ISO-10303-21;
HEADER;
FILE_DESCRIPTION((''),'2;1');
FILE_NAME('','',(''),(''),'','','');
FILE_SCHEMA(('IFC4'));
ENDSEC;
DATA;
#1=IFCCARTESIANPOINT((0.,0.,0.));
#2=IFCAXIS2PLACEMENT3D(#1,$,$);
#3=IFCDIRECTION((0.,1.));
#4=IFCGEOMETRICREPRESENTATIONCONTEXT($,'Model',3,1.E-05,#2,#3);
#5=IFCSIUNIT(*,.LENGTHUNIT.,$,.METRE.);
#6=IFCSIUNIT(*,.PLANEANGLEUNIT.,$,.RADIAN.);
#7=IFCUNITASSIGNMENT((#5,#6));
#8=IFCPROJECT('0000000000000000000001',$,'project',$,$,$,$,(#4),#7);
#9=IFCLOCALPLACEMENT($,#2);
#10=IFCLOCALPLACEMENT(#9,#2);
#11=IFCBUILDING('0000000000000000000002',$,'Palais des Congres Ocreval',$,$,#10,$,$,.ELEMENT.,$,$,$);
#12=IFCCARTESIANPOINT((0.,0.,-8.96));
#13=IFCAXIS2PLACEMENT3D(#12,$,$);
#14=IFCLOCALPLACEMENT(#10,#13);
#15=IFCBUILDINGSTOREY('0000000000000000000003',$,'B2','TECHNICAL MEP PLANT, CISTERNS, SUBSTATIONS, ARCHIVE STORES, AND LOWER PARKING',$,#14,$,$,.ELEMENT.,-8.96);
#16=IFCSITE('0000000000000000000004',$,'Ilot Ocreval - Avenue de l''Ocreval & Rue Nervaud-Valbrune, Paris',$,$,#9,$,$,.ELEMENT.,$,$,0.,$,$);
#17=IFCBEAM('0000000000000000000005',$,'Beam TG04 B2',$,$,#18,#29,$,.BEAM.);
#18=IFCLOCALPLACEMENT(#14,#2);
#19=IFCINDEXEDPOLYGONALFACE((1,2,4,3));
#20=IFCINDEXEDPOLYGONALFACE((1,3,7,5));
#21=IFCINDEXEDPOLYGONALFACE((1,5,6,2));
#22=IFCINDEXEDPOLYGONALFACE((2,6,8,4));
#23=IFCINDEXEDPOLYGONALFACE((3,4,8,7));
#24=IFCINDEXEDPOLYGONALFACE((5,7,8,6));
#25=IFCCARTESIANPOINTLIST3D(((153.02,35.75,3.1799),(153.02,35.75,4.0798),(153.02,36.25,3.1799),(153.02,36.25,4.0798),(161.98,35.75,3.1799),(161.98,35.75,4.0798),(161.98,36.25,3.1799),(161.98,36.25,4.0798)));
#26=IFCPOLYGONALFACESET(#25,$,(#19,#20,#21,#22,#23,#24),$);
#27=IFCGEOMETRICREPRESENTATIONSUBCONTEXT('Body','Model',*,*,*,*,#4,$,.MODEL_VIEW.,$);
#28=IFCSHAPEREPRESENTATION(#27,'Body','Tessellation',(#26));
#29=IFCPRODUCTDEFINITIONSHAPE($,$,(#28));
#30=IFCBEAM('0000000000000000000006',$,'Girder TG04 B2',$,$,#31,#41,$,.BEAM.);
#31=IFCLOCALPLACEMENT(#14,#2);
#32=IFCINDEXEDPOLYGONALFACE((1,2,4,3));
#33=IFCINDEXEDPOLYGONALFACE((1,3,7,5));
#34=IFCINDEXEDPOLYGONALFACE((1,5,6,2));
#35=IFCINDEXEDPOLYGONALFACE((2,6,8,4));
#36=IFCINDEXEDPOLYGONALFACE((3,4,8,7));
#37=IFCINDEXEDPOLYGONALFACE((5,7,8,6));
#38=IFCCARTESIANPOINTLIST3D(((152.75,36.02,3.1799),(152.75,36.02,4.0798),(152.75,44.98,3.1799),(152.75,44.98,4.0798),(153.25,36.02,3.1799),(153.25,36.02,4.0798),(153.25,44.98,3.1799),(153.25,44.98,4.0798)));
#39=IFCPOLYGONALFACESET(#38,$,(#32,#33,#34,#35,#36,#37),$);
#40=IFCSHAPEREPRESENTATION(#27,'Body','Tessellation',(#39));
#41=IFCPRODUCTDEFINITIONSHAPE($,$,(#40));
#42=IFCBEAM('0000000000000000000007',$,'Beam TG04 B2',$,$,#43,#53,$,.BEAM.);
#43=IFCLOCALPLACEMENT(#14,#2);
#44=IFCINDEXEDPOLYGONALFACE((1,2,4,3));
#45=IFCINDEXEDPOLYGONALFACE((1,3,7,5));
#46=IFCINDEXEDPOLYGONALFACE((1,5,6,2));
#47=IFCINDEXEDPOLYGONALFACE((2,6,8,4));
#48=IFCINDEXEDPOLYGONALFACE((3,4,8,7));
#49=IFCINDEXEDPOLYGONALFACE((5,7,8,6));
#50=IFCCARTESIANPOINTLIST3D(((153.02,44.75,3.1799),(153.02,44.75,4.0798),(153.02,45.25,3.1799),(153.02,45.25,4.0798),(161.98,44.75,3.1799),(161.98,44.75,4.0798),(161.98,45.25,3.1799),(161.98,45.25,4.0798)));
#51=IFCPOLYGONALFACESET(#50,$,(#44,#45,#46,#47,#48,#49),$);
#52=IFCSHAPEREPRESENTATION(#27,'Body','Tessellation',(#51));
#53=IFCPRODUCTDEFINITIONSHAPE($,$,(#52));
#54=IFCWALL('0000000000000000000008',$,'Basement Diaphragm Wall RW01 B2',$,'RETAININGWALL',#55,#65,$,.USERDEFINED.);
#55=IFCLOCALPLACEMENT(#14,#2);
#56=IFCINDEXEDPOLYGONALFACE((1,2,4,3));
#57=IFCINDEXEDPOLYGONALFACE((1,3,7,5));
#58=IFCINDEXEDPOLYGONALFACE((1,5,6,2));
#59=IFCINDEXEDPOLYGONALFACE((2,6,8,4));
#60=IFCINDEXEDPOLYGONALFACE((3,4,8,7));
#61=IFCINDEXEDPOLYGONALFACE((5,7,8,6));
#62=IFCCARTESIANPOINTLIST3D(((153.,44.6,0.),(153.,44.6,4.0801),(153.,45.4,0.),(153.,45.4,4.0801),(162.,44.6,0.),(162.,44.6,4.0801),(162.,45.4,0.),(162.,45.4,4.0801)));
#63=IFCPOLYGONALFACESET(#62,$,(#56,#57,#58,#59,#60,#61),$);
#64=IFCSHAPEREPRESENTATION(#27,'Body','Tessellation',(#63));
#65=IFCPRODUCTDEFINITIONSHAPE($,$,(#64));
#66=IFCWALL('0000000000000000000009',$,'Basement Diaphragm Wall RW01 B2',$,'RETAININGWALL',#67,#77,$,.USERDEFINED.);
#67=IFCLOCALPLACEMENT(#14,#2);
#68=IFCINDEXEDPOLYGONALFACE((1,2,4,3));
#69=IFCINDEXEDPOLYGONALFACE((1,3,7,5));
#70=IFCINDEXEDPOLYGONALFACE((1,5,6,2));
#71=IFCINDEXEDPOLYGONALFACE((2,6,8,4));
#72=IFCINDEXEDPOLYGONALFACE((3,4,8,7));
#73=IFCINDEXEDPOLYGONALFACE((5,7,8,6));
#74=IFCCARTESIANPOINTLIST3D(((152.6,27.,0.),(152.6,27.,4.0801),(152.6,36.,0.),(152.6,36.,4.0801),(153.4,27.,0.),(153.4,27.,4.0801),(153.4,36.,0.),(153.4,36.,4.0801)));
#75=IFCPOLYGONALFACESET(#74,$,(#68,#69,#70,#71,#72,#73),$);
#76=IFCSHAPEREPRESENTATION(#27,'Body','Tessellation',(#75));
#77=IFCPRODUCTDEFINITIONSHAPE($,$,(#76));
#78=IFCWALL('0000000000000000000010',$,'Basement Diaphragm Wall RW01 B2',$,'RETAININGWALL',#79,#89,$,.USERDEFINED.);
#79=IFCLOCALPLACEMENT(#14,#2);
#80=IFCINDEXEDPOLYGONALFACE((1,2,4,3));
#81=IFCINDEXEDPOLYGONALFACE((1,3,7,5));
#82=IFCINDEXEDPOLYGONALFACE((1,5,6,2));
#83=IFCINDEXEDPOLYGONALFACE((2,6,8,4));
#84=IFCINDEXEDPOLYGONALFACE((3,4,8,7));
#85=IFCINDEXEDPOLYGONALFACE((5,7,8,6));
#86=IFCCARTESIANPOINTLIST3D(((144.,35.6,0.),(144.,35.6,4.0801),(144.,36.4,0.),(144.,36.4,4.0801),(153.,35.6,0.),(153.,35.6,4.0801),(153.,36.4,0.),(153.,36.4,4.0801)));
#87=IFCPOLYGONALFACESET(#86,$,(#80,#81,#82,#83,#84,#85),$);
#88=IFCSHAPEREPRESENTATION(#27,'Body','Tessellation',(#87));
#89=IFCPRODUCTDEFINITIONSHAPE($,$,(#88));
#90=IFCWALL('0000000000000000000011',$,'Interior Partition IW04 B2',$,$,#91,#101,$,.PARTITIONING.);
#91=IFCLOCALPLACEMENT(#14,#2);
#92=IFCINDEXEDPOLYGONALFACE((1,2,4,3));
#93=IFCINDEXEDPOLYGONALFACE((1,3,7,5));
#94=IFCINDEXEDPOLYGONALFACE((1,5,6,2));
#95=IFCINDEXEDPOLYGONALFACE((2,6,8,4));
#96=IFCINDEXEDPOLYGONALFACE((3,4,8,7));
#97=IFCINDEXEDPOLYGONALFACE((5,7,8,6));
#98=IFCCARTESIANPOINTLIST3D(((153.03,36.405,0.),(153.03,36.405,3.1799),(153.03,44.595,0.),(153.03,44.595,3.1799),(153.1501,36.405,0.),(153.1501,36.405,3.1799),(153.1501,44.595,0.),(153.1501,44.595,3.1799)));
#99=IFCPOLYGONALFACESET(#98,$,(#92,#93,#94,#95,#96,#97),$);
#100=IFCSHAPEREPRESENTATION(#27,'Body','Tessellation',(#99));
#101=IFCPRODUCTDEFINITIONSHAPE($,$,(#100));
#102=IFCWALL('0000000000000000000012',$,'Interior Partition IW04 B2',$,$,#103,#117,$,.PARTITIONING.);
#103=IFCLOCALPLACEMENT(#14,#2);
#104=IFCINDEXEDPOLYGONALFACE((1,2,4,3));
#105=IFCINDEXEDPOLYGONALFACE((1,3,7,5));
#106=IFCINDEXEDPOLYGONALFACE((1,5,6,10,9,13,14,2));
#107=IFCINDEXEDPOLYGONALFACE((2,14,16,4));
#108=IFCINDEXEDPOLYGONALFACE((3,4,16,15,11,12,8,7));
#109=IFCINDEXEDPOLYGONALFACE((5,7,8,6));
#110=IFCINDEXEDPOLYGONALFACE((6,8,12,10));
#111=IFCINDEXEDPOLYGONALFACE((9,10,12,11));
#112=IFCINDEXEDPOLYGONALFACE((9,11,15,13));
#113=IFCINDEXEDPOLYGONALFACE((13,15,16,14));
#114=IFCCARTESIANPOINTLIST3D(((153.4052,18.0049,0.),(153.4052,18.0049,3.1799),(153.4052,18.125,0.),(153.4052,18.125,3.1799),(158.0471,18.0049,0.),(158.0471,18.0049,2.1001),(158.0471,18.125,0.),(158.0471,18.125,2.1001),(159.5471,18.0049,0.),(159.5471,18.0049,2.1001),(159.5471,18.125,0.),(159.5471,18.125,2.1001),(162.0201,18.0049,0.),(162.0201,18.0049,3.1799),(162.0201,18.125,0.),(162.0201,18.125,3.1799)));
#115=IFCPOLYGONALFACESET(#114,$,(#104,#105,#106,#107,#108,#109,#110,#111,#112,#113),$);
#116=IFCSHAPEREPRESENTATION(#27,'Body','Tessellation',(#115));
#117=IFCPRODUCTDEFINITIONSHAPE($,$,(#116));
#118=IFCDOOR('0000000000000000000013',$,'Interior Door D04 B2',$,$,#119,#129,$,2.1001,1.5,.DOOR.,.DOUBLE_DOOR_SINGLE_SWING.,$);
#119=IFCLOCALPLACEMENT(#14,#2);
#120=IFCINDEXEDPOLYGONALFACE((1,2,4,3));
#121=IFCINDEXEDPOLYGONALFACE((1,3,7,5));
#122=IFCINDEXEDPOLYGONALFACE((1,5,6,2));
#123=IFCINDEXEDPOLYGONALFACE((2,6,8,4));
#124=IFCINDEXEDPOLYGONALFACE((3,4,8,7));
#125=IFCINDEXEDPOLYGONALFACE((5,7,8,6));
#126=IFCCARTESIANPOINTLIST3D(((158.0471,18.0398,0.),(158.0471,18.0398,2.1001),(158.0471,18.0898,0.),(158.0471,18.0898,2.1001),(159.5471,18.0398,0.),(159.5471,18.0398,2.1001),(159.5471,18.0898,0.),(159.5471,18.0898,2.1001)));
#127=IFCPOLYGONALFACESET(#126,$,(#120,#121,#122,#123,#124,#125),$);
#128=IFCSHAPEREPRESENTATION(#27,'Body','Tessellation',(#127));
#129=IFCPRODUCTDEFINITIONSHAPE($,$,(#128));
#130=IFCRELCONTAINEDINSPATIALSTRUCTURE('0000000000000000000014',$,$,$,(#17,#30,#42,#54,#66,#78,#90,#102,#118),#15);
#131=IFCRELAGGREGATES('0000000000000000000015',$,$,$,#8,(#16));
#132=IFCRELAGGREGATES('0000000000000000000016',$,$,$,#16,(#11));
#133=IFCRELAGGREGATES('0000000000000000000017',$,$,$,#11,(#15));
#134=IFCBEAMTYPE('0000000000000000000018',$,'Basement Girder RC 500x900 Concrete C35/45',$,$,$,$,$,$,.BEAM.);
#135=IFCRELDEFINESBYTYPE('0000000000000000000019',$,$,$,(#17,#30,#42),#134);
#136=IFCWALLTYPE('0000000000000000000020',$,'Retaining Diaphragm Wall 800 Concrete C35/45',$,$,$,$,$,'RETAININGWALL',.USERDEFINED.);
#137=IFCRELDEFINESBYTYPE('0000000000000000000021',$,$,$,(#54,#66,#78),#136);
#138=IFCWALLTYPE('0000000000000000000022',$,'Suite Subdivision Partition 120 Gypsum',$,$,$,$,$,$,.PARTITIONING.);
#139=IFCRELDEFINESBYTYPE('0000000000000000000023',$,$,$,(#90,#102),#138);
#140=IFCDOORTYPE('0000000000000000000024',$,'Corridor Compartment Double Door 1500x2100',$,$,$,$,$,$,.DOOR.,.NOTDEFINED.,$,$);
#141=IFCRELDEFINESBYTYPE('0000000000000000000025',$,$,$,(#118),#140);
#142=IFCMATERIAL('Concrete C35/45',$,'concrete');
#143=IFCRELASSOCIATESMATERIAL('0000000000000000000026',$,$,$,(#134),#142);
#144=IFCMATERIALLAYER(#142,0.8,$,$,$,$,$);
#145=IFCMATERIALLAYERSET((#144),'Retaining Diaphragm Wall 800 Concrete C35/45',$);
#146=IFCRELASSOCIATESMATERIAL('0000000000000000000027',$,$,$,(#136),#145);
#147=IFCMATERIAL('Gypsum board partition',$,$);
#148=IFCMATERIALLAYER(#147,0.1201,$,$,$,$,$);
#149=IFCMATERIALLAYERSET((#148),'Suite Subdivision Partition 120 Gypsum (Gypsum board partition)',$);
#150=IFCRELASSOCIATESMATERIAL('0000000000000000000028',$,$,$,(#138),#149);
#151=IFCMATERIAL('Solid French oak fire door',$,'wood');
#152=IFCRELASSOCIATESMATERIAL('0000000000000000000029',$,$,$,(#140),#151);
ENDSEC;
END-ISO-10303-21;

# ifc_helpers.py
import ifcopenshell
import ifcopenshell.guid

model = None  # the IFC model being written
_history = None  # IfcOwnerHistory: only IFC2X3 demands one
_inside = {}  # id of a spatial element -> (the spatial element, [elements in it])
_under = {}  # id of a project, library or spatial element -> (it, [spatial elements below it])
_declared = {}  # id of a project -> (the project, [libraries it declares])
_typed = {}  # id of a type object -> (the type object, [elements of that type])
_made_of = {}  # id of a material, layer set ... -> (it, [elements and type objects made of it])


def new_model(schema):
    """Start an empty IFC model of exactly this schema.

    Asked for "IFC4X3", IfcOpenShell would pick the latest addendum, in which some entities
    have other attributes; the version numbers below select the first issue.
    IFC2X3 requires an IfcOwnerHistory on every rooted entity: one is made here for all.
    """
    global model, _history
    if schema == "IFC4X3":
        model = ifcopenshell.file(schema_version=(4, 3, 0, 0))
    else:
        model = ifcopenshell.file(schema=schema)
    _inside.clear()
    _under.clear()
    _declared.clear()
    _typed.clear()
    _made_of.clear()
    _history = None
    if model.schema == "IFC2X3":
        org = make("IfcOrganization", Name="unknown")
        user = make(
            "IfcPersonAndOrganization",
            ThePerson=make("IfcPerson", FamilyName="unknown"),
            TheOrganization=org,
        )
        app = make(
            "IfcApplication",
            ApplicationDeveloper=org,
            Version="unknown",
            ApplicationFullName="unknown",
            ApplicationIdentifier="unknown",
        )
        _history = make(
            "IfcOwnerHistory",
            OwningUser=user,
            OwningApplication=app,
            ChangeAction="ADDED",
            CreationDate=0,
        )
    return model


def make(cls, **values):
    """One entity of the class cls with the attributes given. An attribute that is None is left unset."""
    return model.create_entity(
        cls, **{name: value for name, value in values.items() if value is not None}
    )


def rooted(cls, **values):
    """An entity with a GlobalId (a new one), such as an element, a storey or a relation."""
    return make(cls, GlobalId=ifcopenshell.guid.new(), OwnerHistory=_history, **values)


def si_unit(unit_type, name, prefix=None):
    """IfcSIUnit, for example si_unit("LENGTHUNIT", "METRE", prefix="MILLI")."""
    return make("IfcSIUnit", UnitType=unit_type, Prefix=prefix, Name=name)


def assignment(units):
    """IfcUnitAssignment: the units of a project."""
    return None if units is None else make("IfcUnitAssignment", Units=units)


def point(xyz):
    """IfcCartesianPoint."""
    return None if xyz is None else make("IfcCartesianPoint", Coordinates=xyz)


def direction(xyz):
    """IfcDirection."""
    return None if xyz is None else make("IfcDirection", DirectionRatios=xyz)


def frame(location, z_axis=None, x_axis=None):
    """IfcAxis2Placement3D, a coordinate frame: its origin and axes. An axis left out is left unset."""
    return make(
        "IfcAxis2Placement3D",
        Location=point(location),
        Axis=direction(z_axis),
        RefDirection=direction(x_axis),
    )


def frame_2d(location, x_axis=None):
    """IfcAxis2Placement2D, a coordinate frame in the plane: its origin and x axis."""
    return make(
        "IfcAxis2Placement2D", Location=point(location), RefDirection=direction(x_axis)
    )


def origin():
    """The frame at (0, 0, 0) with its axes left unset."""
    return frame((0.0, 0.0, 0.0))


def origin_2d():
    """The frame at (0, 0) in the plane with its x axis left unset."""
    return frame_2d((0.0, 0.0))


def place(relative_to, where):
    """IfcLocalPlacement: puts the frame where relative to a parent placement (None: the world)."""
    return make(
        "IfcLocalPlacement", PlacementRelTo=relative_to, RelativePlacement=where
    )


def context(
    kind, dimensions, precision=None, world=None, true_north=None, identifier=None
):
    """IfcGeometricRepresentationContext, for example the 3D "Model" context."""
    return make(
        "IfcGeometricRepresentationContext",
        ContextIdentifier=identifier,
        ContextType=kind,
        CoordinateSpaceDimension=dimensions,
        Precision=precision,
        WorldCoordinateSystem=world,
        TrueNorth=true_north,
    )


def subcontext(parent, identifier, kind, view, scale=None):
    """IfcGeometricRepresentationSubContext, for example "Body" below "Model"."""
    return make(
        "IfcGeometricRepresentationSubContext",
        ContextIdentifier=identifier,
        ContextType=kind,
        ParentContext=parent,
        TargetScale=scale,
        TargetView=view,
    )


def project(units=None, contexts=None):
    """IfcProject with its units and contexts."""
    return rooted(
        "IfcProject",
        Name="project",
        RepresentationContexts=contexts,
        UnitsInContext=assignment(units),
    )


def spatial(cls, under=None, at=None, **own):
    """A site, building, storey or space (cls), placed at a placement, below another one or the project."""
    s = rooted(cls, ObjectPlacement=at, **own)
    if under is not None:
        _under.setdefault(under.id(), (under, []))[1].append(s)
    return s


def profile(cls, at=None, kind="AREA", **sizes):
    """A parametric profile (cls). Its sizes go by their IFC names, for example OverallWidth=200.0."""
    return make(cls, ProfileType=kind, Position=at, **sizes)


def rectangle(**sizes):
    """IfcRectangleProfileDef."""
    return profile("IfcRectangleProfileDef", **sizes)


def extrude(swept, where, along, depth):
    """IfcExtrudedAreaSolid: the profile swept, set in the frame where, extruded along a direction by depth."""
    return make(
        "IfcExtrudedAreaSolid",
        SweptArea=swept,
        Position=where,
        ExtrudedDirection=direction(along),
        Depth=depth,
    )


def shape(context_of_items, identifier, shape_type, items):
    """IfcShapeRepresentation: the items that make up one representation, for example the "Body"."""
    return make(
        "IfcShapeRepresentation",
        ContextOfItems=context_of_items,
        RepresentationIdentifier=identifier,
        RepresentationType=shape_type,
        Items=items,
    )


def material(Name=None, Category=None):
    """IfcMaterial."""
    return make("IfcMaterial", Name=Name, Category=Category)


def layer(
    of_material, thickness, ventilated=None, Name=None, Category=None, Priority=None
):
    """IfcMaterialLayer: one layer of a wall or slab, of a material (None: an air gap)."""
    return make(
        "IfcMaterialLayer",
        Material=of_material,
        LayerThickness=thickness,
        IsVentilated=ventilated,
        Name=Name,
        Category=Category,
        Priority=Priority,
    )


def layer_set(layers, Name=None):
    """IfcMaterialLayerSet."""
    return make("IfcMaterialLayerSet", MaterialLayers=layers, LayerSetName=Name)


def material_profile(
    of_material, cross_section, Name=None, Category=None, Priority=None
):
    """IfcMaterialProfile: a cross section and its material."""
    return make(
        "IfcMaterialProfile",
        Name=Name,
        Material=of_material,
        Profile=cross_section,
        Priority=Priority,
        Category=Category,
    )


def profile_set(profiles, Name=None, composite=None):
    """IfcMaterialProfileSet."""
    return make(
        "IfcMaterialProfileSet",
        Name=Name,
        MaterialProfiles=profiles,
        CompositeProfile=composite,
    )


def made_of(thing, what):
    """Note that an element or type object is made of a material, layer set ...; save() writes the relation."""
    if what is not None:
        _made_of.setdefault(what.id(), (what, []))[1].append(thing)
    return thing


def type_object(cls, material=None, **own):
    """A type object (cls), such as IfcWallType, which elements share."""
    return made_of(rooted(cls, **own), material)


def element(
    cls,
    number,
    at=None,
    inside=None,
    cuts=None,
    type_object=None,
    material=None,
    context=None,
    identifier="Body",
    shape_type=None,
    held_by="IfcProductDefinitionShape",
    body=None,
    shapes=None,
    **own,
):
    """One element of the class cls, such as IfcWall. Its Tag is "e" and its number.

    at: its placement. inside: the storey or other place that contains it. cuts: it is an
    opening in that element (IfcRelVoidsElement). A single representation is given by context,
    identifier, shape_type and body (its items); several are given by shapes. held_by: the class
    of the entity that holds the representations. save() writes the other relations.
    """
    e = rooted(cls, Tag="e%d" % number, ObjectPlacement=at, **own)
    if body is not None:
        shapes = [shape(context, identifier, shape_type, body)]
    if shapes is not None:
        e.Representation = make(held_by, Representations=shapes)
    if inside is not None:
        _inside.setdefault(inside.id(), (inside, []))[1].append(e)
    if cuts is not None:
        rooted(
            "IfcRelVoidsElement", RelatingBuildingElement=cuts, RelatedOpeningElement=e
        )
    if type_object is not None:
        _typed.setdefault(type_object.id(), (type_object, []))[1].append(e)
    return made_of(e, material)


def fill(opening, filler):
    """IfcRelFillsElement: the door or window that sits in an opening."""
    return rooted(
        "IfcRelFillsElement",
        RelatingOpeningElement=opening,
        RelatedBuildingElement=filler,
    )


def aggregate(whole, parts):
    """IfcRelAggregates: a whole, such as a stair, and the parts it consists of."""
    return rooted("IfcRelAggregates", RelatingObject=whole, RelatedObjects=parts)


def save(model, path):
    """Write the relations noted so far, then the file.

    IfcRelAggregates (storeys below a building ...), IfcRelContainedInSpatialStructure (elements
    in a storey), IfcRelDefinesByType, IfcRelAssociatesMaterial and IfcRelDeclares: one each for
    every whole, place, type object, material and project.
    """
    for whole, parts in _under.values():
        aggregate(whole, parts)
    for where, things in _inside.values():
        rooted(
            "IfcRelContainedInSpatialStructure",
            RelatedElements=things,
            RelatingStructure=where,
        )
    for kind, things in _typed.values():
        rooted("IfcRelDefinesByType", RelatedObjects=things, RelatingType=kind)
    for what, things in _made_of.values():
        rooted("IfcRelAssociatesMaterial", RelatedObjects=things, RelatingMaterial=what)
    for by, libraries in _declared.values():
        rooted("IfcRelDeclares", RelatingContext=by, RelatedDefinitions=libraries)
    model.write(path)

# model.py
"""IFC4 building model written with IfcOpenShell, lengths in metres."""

from ifc_helpers import new_model, si_unit, direction, frame, frame_2d, origin, origin_2d, place, context, subcontext, project, spatial, rectangle, extrude, material, layer, layer_set, material_profile, profile_set, type_object, element, fill, save


model = new_model("IFC4")

# Units and contexts
model_context = context("Model", 3, precision=1e-05, world=origin(), true_north=direction((0.0, 1.0)))
body_context = subcontext(model_context, "Body", "Model", "MODEL_VIEW")
ifc_project = project(units=[si_unit("LENGTHUNIT", "METRE"), si_unit("PLANEANGLEUNIT", "RADIAN")], contexts=[model_context])

# Site, building, storey
site_placement = place(None, origin())
site = spatial("IfcSite", under=ifc_project, at=site_placement, Name="Ilot Ocreval - Avenue de l'Ocreval & Rue Nervaud-Valbrune, Paris", CompositionType="ELEMENT", RefElevation=0.0)
building_placement = place(site_placement, origin())
building = spatial("IfcBuilding", under=site, at=building_placement, Name="Palais des Congres Ocreval", CompositionType="ELEMENT")
storey_placement = place(building_placement, frame((0.0, 0.0, -8.96)))
storey = spatial("IfcBuildingStorey", under=building, at=storey_placement, Name="B2", Description="TECHNICAL MEP PLANT, CISTERNS, SUBSTATIONS, ARCHIVE STORES, AND LOWER PARKING", CompositionType="ELEMENT", Elevation=-8.96)

# Shared definitions
ifc_material_1 = material(Name="Concrete C35/45", Category="concrete")

# Beams
ifc_material_profile_1 = material_profile(ifc_material_1, rectangle(XDim=0.5, YDim=0.8999, at=origin_2d()), Name="RC 500x900")
ifc_profile_set_1 = profile_set([ifc_material_profile_1], Name="Concrete C35/45")
beam_type = type_object("IfcBeamType", Name="Basement Girder RC 500x900 Concrete C35/45", PredefinedType="BEAM", material=ifc_profile_set_1)
for number, where, z_axis, x_axis, name in (
    (1, (153.02, 36.0, 3.6299), (1.0, 0.0, 0.0), (0.0, 1.0, 0.0), "Beam TG04 B2"),
    (2, (153.0, 36.02, 3.6299), (0.0, 1.0, 0.0), (-1.0, 0.0, 0.0), "Girder TG04 B2"),
    (3, (153.02, 45.0, 3.6299), (1.0, 0.0, 0.0), (0.0, 1.0, 0.0), "Beam TG04 B2"),
):
    element("IfcBeam", number, at=place(storey_placement, frame(where, z_axis=z_axis, x_axis=x_axis)), inside=storey, type_object=beam_type, Name=name, PredefinedType="BEAM", context=body_context, shape_type="SweptSolid", body=[
        extrude(rectangle(XDim=0.5, YDim=0.8999, at=origin_2d()), origin(), (0.0, 0.0, 1.0), 8.96),
    ])

# Walls
ifc_layer_1 = layer(ifc_material_1, 0.8)
ifc_layer_set_1 = layer_set([ifc_layer_1], Name="Retaining Diaphragm Wall 800 Concrete C35/45")
wall_type_1 = type_object("IfcWallType", Name="Retaining Diaphragm Wall 800 Concrete C35/45", ElementType="RETAININGWALL", PredefinedType="USERDEFINED", material=ifc_layer_set_1)
for number, where, z_axis, x_axis, name in (
    (4, (153.0, 45.0, 0.0), (0.0, 0.0, 1.0), (1.0, 0.0, 0.0), "Basement Diaphragm Wall RW01 B2"),
    (5, (153.0, 27.0, 0.0), (0.0, 0.0, 1.0), (0.0, 1.0, 0.0), "Basement Diaphragm Wall RW01 B2"),
    (6, (153.0, 36.0, 0.0), (0.0, 0.0, 1.0), (-1.0, 0.0, 0.0), "Basement Diaphragm Wall RW01 B2"),
):
    element("IfcWall", number, at=place(storey_placement, frame(where, z_axis=z_axis, x_axis=x_axis)), inside=storey, type_object=wall_type_1, Name=name, ObjectType="RETAININGWALL", PredefinedType="USERDEFINED", context=body_context, shape_type="SweptSolid", body=[
        extrude(rectangle(XDim=9.0, YDim=0.8, at=frame_2d((4.5, 0.0))), origin(), (0.0, 0.0, 1.0), 4.0801),
    ])
ifc_material_2 = material(Name="Gypsum board partition")
ifc_layer_2 = layer(ifc_material_2, 0.1201)
ifc_layer_set_2 = layer_set([ifc_layer_2], Name="Suite Subdivision Partition 120 Gypsum (Gypsum board partition)")
wall_type_2 = type_object("IfcWallType", Name="Suite Subdivision Partition 120 Gypsum", PredefinedType="PARTITIONING", material=ifc_layer_set_2)
wall_1_placement = place(storey_placement, frame((153.0901, 36.405, 0.0), z_axis=(0.0, 0.0, 1.0), x_axis=(0.0, 1.0, 0.0)))
element("IfcWall", 7, at=wall_1_placement, inside=storey, type_object=wall_type_2, Name="Interior Partition IW04 B2", PredefinedType="PARTITIONING", context=body_context, shape_type="SweptSolid", body=[
    extrude(rectangle(XDim=8.1899, YDim=0.1201, at=frame_2d((4.095, 0.0))), origin(), (0.0, 0.0, 1.0), 3.1799),
])

# Wall, opening, door
wall_2_placement = place(storey_placement, frame((153.405, 18.0649, 0.0), z_axis=(0.0, 0.0, 1.0), x_axis=(1.0, 0.0, 0.0)))
wall_2 = element("IfcWall", 8, at=wall_2_placement, inside=storey, type_object=wall_type_2, Name="Interior Partition IW04 B2", PredefinedType="PARTITIONING", context=body_context, shape_type="SweptSolid", body=[
    extrude(rectangle(XDim=8.615, YDim=0.1201, at=frame_2d((4.3076, 0.0))), origin(), (0.0, 0.0, 1.0), 3.1799),
])
opening_placement = place(wall_2_placement, frame((4.6421, 0.0, 0.0)))
opening = element("IfcOpeningElement", 9, at=opening_placement, cuts=wall_2, PredefinedType="OPENING", context=body_context, shape_type="SweptSolid", body=[
    extrude(rectangle(XDim=1.5, YDim=2.1001, at=frame_2d((0.75, 1.05))), frame((0.0, 0.0701, 0.0), z_axis=(0.0, -1.0, 0.0), x_axis=(1.0, 0.0, 0.0)), (0.0, 0.0, 1.0), 0.1401),
])
ifc_material_3 = material(Name="Solid French oak fire door", Category="wood")
door_type = type_object("IfcDoorType", Name="Corridor Compartment Double Door 1500x2100", OperationType="NOTDEFINED", PredefinedType="DOOR", material=ifc_material_3)
door_placement = place(opening_placement, origin())
door = element("IfcDoor", 10, at=door_placement, inside=storey, type_object=door_type, Name="Interior Door D04 B2", OperationType="DOUBLE_DOOR_SINGLE_SWING", OverallHeight=2.1001, OverallWidth=1.5, PredefinedType="DOOR", context=body_context, shape_type="SweptSolid", body=[
    extrude(rectangle(XDim=1.5, YDim=2.1001, at=frame_2d((0.75, 1.05))), frame((0.0, 0.0249, 0.0), z_axis=(0.0, -1.0, 0.0), x_axis=(1.0, 0.0, 0.0)), (0.0, 0.0, 1.0), 0.05),
])
fill(opening, door)

save(model, "model.ifc")
